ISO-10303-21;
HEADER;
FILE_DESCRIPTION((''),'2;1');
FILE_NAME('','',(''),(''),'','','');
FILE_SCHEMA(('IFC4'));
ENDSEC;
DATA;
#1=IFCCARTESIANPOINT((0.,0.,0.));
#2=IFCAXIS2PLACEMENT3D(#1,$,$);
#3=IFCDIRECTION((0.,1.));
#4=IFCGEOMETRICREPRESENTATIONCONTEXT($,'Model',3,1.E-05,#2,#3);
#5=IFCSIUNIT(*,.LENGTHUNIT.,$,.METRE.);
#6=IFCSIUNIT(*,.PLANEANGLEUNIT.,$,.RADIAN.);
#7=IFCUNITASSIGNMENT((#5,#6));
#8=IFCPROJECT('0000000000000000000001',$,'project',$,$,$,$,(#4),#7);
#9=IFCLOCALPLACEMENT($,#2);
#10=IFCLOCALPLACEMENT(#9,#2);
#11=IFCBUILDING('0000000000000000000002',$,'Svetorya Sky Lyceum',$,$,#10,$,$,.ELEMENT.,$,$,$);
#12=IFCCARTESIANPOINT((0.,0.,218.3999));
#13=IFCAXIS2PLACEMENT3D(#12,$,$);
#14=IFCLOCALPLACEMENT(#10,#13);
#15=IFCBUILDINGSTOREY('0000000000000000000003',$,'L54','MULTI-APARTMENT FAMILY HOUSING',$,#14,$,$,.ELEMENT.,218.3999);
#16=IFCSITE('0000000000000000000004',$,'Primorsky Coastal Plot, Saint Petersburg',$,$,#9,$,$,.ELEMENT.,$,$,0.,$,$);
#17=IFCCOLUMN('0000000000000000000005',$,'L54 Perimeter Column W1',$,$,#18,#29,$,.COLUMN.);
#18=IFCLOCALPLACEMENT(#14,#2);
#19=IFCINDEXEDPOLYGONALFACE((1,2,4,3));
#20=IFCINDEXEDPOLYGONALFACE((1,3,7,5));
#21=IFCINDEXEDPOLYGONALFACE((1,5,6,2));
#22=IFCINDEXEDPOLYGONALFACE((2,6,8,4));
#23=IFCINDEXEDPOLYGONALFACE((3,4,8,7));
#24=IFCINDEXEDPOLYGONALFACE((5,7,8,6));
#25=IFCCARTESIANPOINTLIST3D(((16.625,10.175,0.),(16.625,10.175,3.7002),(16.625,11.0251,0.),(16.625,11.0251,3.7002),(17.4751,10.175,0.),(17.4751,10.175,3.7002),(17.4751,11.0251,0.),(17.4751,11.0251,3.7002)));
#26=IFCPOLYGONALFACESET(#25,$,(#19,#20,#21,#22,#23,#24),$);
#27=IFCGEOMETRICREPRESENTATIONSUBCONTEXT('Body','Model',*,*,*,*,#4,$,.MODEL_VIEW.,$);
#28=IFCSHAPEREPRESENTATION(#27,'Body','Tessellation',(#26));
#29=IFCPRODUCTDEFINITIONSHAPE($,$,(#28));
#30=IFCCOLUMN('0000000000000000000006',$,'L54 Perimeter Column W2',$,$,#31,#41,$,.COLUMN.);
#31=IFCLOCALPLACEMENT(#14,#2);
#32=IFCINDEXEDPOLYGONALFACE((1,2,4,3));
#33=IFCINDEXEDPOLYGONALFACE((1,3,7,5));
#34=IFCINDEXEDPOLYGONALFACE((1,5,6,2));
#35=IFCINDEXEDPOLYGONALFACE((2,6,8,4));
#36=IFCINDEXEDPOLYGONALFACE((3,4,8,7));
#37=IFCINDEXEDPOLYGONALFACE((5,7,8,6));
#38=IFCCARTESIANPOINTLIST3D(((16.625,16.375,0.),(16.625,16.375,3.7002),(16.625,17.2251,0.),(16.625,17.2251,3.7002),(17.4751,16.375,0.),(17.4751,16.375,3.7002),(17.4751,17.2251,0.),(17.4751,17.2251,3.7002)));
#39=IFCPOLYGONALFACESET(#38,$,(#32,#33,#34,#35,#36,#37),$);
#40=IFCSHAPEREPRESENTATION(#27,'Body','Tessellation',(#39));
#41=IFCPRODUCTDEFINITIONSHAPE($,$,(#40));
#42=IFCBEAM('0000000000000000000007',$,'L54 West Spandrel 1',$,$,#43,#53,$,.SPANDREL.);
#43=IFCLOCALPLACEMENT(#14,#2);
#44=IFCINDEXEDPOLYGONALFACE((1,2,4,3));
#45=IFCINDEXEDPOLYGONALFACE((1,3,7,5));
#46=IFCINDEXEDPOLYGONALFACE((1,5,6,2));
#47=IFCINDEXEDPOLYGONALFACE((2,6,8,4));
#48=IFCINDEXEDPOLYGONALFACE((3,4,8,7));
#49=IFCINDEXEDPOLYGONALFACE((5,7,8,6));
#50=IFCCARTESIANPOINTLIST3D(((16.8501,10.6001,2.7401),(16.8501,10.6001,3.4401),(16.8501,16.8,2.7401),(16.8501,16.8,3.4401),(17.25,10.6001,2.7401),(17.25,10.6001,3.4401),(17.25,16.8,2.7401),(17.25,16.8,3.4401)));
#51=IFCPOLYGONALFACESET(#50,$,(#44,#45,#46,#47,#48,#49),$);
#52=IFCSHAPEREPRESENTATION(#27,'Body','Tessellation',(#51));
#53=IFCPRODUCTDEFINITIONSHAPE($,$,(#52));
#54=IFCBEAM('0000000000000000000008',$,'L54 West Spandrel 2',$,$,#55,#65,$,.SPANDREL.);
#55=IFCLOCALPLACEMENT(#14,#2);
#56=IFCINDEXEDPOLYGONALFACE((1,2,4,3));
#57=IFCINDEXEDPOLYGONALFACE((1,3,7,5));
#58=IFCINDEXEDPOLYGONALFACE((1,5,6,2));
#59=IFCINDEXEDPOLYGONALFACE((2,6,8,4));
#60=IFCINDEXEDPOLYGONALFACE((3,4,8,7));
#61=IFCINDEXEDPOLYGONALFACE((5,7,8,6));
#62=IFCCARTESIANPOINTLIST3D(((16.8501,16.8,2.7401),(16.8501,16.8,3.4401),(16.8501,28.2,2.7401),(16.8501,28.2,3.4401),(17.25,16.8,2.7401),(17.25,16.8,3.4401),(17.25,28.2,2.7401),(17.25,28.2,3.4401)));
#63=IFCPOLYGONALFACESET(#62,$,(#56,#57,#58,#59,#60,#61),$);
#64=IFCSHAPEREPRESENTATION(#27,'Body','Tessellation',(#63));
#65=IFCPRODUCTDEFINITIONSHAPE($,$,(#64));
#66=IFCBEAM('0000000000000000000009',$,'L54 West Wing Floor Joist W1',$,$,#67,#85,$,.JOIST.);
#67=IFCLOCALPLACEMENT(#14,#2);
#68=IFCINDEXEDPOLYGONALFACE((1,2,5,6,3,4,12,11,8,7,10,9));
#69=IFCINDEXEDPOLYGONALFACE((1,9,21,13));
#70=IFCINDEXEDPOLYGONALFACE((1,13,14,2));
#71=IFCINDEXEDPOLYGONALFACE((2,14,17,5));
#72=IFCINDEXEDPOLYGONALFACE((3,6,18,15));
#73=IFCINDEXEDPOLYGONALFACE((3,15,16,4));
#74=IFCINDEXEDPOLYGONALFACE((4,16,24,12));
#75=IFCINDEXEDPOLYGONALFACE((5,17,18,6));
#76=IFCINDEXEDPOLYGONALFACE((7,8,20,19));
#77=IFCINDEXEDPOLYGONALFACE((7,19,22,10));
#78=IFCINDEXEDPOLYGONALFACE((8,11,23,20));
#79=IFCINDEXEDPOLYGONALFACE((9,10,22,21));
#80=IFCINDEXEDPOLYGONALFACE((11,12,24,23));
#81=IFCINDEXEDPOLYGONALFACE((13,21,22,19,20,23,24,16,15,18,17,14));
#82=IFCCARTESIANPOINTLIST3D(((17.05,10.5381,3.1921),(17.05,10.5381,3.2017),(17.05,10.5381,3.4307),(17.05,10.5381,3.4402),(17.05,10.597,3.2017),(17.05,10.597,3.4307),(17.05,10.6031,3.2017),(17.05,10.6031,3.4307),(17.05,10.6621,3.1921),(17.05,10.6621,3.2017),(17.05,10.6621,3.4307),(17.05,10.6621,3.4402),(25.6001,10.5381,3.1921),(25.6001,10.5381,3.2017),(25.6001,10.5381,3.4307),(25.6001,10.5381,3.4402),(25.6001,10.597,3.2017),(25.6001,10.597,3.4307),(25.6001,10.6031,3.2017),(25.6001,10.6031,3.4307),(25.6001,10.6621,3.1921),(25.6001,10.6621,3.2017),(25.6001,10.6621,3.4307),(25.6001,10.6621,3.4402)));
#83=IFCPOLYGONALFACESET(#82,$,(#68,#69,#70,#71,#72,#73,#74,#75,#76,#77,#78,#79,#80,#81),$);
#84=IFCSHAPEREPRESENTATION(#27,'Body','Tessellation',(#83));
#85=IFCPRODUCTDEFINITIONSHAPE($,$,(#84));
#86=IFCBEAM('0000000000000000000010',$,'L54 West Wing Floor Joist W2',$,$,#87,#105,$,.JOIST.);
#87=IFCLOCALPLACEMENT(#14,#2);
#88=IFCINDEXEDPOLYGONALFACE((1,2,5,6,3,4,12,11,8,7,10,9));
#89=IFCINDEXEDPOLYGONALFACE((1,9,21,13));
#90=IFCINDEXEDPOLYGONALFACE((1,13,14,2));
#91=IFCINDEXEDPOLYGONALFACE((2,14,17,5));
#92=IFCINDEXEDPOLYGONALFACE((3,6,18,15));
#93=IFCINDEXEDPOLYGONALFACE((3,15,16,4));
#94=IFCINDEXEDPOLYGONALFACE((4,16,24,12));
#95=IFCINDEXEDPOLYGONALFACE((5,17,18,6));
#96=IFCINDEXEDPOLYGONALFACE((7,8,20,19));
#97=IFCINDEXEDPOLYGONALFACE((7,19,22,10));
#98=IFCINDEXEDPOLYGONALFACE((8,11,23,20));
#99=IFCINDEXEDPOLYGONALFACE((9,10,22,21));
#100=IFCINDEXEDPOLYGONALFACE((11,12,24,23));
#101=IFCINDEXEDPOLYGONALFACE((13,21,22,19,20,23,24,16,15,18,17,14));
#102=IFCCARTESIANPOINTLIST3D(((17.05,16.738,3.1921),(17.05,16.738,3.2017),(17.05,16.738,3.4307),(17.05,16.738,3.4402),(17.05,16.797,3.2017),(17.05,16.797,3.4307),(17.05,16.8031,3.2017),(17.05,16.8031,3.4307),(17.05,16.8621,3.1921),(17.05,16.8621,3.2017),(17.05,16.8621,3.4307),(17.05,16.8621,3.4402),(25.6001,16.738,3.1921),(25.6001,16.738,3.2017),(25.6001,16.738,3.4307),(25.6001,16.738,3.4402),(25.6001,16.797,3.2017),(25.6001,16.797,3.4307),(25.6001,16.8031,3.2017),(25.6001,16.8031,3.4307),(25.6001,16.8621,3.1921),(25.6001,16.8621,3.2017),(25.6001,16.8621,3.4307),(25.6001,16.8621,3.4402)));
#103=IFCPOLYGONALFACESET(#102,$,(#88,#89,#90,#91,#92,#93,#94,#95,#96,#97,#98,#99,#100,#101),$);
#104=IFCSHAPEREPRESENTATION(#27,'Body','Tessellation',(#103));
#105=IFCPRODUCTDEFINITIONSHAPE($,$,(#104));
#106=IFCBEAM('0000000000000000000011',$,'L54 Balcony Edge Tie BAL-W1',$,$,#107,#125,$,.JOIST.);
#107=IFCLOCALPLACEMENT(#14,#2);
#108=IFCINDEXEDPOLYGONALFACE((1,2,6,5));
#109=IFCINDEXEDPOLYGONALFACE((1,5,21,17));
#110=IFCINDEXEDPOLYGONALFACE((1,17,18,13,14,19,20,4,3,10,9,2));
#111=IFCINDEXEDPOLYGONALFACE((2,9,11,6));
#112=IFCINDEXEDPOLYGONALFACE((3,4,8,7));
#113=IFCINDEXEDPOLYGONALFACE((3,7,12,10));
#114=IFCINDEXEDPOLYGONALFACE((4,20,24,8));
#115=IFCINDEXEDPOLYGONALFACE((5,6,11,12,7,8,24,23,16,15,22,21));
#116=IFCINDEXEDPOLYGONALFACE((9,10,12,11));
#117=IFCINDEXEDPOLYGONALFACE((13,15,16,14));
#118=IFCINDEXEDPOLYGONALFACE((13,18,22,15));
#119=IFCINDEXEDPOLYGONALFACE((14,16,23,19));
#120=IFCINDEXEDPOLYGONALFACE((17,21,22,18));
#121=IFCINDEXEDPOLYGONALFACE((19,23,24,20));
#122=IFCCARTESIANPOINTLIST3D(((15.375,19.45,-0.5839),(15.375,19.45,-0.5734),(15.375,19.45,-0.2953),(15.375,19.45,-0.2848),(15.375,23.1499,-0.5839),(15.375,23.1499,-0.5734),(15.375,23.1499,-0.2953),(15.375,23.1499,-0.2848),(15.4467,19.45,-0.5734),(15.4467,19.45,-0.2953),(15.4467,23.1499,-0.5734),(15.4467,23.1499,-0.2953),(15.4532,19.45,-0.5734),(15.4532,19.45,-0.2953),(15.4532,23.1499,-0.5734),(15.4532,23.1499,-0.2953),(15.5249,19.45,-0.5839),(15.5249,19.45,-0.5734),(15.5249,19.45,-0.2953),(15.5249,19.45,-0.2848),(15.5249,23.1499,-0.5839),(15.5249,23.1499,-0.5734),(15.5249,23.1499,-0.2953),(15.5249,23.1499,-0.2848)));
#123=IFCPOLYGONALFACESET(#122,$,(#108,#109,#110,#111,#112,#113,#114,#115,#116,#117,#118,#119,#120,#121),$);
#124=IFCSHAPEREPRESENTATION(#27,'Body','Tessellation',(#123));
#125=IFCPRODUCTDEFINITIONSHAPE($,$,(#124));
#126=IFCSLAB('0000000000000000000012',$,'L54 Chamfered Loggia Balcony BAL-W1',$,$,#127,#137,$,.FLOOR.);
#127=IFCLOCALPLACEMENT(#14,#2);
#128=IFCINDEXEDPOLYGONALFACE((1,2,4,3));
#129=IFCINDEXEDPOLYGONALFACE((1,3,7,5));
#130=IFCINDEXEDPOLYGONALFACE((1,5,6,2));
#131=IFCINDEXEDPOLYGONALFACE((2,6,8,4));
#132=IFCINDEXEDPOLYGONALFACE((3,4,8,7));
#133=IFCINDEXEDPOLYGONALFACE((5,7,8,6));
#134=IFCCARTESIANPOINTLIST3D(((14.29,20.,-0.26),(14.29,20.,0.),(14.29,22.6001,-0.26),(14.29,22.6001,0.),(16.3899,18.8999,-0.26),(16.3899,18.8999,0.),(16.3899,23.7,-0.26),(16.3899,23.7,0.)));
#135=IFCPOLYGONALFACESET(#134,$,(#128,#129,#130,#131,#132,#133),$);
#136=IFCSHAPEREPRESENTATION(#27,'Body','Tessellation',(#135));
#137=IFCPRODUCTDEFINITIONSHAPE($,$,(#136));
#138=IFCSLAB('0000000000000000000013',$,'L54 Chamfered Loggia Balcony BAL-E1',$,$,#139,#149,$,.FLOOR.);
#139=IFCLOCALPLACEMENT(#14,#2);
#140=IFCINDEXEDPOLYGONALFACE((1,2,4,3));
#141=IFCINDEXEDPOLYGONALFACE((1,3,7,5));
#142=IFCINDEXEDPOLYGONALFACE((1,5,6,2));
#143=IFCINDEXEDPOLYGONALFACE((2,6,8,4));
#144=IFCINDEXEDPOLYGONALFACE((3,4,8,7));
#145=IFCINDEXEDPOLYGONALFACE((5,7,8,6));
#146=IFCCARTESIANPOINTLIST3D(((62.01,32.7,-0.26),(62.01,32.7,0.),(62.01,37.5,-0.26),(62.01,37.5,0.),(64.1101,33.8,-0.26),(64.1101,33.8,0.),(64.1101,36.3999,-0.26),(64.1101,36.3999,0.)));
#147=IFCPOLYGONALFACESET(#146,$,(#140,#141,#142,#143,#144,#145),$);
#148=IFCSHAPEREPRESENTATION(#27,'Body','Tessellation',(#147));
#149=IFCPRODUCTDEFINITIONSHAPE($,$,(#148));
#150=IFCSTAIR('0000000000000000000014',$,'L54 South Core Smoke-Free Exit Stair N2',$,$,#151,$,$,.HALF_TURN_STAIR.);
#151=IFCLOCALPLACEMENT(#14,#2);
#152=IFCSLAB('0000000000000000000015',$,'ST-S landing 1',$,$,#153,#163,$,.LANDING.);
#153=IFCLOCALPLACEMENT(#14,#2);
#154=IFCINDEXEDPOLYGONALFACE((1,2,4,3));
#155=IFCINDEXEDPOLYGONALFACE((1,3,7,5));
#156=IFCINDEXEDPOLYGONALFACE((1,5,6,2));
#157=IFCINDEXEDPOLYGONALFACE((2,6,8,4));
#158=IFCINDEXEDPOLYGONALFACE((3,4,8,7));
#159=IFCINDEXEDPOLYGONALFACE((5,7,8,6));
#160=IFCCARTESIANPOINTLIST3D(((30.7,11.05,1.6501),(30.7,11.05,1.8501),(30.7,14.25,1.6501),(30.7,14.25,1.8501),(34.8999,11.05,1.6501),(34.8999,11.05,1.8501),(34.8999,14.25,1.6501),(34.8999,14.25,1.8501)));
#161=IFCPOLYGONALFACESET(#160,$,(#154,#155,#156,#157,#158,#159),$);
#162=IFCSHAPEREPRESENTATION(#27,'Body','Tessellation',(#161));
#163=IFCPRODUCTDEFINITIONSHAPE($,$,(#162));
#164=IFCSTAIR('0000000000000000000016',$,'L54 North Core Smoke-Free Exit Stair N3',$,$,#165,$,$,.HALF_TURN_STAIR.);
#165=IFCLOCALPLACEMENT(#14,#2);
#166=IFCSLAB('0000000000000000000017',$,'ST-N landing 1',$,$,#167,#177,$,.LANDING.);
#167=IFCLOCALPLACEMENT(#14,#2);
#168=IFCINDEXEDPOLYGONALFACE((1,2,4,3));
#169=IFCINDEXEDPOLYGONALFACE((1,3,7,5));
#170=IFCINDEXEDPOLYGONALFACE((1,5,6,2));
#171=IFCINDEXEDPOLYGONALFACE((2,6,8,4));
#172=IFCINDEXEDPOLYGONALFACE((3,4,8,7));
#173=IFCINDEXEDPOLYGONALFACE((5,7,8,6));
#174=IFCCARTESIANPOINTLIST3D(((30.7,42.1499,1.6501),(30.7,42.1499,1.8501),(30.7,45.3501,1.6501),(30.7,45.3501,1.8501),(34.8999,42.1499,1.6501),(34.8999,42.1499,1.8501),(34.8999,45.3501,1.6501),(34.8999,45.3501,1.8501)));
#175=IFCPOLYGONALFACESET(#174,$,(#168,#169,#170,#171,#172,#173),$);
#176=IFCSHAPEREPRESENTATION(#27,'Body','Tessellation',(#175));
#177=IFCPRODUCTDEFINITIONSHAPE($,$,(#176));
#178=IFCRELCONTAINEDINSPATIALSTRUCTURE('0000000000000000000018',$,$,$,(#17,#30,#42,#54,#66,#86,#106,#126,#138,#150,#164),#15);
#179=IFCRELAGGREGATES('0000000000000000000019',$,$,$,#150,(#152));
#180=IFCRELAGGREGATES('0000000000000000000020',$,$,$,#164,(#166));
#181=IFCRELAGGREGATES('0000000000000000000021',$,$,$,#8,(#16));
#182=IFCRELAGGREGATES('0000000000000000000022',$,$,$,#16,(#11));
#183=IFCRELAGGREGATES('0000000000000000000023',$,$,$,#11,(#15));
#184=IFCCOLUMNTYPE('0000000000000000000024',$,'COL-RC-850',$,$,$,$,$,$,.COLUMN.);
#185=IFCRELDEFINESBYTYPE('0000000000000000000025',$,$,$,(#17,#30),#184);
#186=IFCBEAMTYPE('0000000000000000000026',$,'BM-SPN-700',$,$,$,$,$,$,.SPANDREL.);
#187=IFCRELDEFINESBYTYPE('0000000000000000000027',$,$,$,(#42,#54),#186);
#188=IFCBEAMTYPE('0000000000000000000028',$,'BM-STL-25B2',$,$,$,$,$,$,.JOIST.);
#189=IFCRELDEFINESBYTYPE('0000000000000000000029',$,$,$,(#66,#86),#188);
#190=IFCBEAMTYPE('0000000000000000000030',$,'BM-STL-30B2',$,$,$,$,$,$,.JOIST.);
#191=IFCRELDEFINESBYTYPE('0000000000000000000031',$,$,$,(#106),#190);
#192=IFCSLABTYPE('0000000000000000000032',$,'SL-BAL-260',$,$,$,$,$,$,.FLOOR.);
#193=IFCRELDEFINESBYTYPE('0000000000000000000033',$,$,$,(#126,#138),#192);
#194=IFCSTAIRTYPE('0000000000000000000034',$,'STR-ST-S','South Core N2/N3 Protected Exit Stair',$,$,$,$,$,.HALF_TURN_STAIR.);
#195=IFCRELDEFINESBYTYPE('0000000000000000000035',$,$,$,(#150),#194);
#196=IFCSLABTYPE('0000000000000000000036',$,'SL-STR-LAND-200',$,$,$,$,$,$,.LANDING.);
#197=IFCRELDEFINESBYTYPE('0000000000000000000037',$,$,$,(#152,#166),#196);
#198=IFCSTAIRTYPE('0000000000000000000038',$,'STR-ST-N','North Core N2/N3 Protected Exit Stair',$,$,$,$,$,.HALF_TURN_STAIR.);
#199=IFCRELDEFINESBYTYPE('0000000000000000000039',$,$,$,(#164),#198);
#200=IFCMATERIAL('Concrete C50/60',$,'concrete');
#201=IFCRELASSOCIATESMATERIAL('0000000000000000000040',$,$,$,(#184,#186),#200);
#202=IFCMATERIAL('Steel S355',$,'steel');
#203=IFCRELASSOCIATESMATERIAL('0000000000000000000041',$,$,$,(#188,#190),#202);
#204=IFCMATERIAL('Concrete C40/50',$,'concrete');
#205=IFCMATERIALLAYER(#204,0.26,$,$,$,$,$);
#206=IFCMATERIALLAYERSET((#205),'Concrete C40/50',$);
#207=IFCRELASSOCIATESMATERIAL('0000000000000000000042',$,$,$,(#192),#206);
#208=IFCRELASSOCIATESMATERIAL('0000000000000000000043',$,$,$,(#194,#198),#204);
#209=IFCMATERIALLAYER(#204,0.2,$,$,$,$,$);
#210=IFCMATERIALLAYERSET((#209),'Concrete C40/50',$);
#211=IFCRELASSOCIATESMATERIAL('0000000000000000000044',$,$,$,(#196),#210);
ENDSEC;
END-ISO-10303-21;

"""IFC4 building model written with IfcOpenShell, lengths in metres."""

from ifc_helpers import new_model, si_unit, direction, frame, origin, origin_2d, place, context, subcontext, project, spatial, polyline, rectangle, i_section, outline, extrude, material, layer, layer_set, material_profile, profile_set, type_object, element, aggregate, save


model = new_model("IFC4")

# Units and contexts
model_context = context("Model", 3, precision=1e-05, world=origin(), true_north=direction((0.0, 1.0)))
body_context = subcontext(model_context, "Body", "Model", "MODEL_VIEW")
ifc_project = project(units=[si_unit("LENGTHUNIT", "METRE"), si_unit("PLANEANGLEUNIT", "RADIAN")], contexts=[model_context])

# Site, building, storey
site_placement = place(None, origin())
site = spatial("IfcSite", under=ifc_project, at=site_placement, Name="Primorsky Coastal Plot, Saint Petersburg", CompositionType="ELEMENT", RefElevation=0.0)
building_placement = place(site_placement, origin())
building = spatial("IfcBuilding", under=site, at=building_placement, Name="Svetorya Sky Lyceum", CompositionType="ELEMENT")
storey_placement = place(building_placement, frame((0.0, 0.0, 218.3999)))
storey = spatial("IfcBuildingStorey", under=building, at=storey_placement, Name="L54", Description="MULTI-APARTMENT FAMILY HOUSING", CompositionType="ELEMENT", Elevation=218.3999)

# Columns
ifc_material_1 = material(Name="Concrete C50/60", Category="concrete")
ifc_material_profile_1 = material_profile(ifc_material_1, rectangle(XDim=0.8501, YDim=0.8501, at=origin_2d()), Name="RC COL 850x850")
ifc_profile_set_1 = profile_set([ifc_material_profile_1], Name="Concrete C50/60")
column_type = type_object("IfcColumnType", Name="COL-RC-850", PredefinedType="COLUMN", material=ifc_profile_set_1)
for number, where, z_axis, x_axis, name in (
    (1, (17.05, 10.6001, 0.0), (0.0, 0.0, 1.0), (1.0, 0.0, 0.0), "L54 Perimeter Column W1"),
    (2, (17.05, 16.8, 0.0), (0.0, 0.0, 1.0), (1.0, 0.0, 0.0), "L54 Perimeter Column W2"),
):
    element("IfcColumn", number, at=place(storey_placement, frame(where, z_axis=z_axis, x_axis=x_axis)), inside=storey, type_object=column_type, Name=name, PredefinedType="COLUMN", context=body_context, shape_type="SweptSolid", body=[
        extrude(rectangle(XDim=0.8501, YDim=0.8501, at=origin_2d()), origin(), (0.0, 0.0, 1.0), 3.7002),
    ])

# Beams
ifc_material_profile_2 = material_profile(ifc_material_1, rectangle(XDim=0.3999, YDim=0.7, at=origin_2d()), Name="RC SPANDREL 400x700")
ifc_profile_set_2 = profile_set([ifc_material_profile_2], Name="Concrete C50/60")
beam_type_1 = type_object("IfcBeamType", Name="BM-SPN-700", PredefinedType="SPANDREL", material=ifc_profile_set_2)
beam_1_placement = place(storey_placement, frame((17.05, 10.6001, 3.0901), z_axis=(0.0, 1.0, 0.0), x_axis=(-1.0, 0.0, 0.0)))
element("IfcBeam", 3, at=beam_1_placement, inside=storey, type_object=beam_type_1, Name="L54 West Spandrel 1", PredefinedType="SPANDREL", context=body_context, shape_type="SweptSolid", body=[
    extrude(rectangle(XDim=0.3999, YDim=0.7, at=origin_2d()), origin(), (0.0, 0.0, 1.0), 6.2),
])
beam_2_placement = place(storey_placement, frame((17.05, 16.8, 3.0901), z_axis=(0.0, 1.0, 0.0), x_axis=(-1.0, 0.0, 0.0)))
element("IfcBeam", 4, at=beam_2_placement, inside=storey, type_object=beam_type_1, Name="L54 West Spandrel 2", PredefinedType="SPANDREL", context=body_context, shape_type="SweptSolid", body=[
    extrude(rectangle(XDim=0.3999, YDim=0.7, at=origin_2d()), origin(), (0.0, 0.0, 1.0), 11.3999),
])
ifc_material_2 = material(Name="Steel S355", Category="steel")
ifc_material_profile_3 = material_profile(ifc_material_2, i_section(OverallWidth=0.124, OverallDepth=0.248, WebThickness=0.0061, FlangeThickness=0.0095, at=origin_2d()), Name="GOST 25B2")
ifc_profile_set_3 = profile_set([ifc_material_profile_3], Name="Steel S355")
beam_type_2 = type_object("IfcBeamType", Name="BM-STL-25B2", PredefinedType="JOIST", material=ifc_profile_set_3)
for number, where, z_axis, x_axis, name in (
    (5, (17.05, 10.6001, 3.3162), (1.0, 0.0, 0.0), (0.0, 1.0, 0.0), "L54 West Wing Floor Joist W1"),
    (6, (17.05, 16.8, 3.3162), (1.0, 0.0, 0.0), (0.0, 1.0, 0.0), "L54 West Wing Floor Joist W2"),
):
    element("IfcBeam", number, at=place(storey_placement, frame(where, z_axis=z_axis, x_axis=x_axis)), inside=storey, type_object=beam_type_2, Name=name, PredefinedType="JOIST", context=body_context, shape_type="SweptSolid", body=[
        extrude(i_section(OverallWidth=0.124, OverallDepth=0.248, WebThickness=0.0061, FlangeThickness=0.0095, at=origin_2d()), origin(), (0.0, 0.0, 1.0), 8.55),
    ])
ifc_material_profile_4 = material_profile(ifc_material_2, i_section(OverallWidth=0.1499, OverallDepth=0.2991, WebThickness=0.0066, FlangeThickness=0.0105, at=origin_2d()), Name="GOST 30B2")
ifc_profile_set_4 = profile_set([ifc_material_profile_4], Name="Steel S355")
beam_type_3 = type_object("IfcBeamType", Name="BM-STL-30B2", PredefinedType="JOIST", material=ifc_profile_set_4)
beam_3_placement = place(storey_placement, frame((15.45, 19.45, -0.4343), z_axis=(0.0, 1.0, 0.0), x_axis=(-1.0, 0.0, 0.0)))
element("IfcBeam", 7, at=beam_3_placement, inside=storey, type_object=beam_type_3, Name="L54 Balcony Edge Tie BAL-W1", PredefinedType="JOIST", context=body_context, shape_type="SweptSolid", body=[
    extrude(i_section(OverallWidth=0.1499, OverallDepth=0.2991, WebThickness=0.0066, FlangeThickness=0.0105, at=origin_2d()), origin(), (0.0, 0.0, 1.0), 3.7),
])

# Slabs
ifc_material_3 = material(Name="Concrete C40/50", Category="concrete")
ifc_layer_1 = layer(ifc_material_3, 0.26)
ifc_layer_set_1 = layer_set([ifc_layer_1], Name="Concrete C40/50")
slab_type_1 = type_object("IfcSlabType", Name="SL-BAL-260", PredefinedType="FLOOR", material=ifc_layer_set_1)
slab_1_placement = place(storey_placement, frame((0.0, 0.0, -0.26)))
element("IfcSlab", 8, at=slab_1_placement, inside=storey, type_object=slab_type_1, Name="L54 Chamfered Loggia Balcony BAL-W1", PredefinedType="FLOOR", context=body_context, shape_type="SweptSolid", body=[
    extrude(outline(polyline([(16.3899, 18.8999), (16.3899, 23.7), (14.29, 22.6001), (14.29, 20.0), (16.3899, 18.8999)])), origin(), (0.0, 0.0, 1.0), 0.26),
])
slab_2_placement = place(storey_placement, frame((0.0, 0.0, -0.26)))
element("IfcSlab", 9, at=slab_2_placement, inside=storey, type_object=slab_type_1, Name="L54 Chamfered Loggia Balcony BAL-E1", PredefinedType="FLOOR", context=body_context, shape_type="SweptSolid", body=[
    extrude(outline(polyline([(62.01, 32.7), (64.1101, 33.8), (64.1101, 36.3999), (62.01, 37.5), (62.01, 32.7)])), origin(), (0.0, 0.0, 1.0), 0.26),
])

# Stairs, slabs
stair_type_1 = type_object("IfcStairType", Name="STR-ST-S", Description="South Core N2/N3 Protected Exit Stair", PredefinedType="HALF_TURN_STAIR", material=ifc_material_3)
stair_1_placement = place(storey_placement, origin())
stair_1 = element("IfcStair", 10, at=stair_1_placement, inside=storey, type_object=stair_type_1, Name="L54 South Core Smoke-Free Exit Stair N2", PredefinedType="HALF_TURN_STAIR")
ifc_layer_2 = layer(ifc_material_3, 0.2)
ifc_layer_set_2 = layer_set([ifc_layer_2], Name="Concrete C40/50")
slab_type_2 = type_object("IfcSlabType", Name="SL-STR-LAND-200", PredefinedType="LANDING", material=ifc_layer_set_2)
slab_3_placement = place(storey_placement, frame((0.0, 0.0, 1.6501)))
slab_3 = element("IfcSlab", 11, at=slab_3_placement, type_object=slab_type_2, Name="ST-S landing 1", PredefinedType="LANDING", context=body_context, shape_type="SweptSolid", body=[
    extrude(outline(polyline([(30.7, 11.05), (34.8999, 11.05), (34.8999, 14.25), (30.7, 14.25), (30.7, 11.05)])), origin(), (0.0, 0.0, 1.0), 0.2),
])
aggregate(stair_1, [slab_3])
stair_type_2 = type_object("IfcStairType", Name="STR-ST-N", Description="North Core N2/N3 Protected Exit Stair", PredefinedType="HALF_TURN_STAIR", material=ifc_material_3)
stair_2_placement = place(storey_placement, origin())
stair_2 = element("IfcStair", 12, at=stair_2_placement, inside=storey, type_object=stair_type_2, Name="L54 North Core Smoke-Free Exit Stair N3", PredefinedType="HALF_TURN_STAIR")
slab_4_placement = place(storey_placement, frame((0.0, 0.0, 1.6501)))
slab_4 = element("IfcSlab", 13, at=slab_4_placement, type_object=slab_type_2, Name="ST-N landing 1", PredefinedType="LANDING", context=body_context, shape_type="SweptSolid", body=[
    extrude(outline(polyline([(30.7, 42.1499), (34.8999, 42.1499), (34.8999, 45.3501), (30.7, 45.3501), (30.7, 42.1499)])), origin(), (0.0, 0.0, 1.0), 0.2),
])
aggregate(stair_2, [slab_4])

save(model, "model.ifc")
